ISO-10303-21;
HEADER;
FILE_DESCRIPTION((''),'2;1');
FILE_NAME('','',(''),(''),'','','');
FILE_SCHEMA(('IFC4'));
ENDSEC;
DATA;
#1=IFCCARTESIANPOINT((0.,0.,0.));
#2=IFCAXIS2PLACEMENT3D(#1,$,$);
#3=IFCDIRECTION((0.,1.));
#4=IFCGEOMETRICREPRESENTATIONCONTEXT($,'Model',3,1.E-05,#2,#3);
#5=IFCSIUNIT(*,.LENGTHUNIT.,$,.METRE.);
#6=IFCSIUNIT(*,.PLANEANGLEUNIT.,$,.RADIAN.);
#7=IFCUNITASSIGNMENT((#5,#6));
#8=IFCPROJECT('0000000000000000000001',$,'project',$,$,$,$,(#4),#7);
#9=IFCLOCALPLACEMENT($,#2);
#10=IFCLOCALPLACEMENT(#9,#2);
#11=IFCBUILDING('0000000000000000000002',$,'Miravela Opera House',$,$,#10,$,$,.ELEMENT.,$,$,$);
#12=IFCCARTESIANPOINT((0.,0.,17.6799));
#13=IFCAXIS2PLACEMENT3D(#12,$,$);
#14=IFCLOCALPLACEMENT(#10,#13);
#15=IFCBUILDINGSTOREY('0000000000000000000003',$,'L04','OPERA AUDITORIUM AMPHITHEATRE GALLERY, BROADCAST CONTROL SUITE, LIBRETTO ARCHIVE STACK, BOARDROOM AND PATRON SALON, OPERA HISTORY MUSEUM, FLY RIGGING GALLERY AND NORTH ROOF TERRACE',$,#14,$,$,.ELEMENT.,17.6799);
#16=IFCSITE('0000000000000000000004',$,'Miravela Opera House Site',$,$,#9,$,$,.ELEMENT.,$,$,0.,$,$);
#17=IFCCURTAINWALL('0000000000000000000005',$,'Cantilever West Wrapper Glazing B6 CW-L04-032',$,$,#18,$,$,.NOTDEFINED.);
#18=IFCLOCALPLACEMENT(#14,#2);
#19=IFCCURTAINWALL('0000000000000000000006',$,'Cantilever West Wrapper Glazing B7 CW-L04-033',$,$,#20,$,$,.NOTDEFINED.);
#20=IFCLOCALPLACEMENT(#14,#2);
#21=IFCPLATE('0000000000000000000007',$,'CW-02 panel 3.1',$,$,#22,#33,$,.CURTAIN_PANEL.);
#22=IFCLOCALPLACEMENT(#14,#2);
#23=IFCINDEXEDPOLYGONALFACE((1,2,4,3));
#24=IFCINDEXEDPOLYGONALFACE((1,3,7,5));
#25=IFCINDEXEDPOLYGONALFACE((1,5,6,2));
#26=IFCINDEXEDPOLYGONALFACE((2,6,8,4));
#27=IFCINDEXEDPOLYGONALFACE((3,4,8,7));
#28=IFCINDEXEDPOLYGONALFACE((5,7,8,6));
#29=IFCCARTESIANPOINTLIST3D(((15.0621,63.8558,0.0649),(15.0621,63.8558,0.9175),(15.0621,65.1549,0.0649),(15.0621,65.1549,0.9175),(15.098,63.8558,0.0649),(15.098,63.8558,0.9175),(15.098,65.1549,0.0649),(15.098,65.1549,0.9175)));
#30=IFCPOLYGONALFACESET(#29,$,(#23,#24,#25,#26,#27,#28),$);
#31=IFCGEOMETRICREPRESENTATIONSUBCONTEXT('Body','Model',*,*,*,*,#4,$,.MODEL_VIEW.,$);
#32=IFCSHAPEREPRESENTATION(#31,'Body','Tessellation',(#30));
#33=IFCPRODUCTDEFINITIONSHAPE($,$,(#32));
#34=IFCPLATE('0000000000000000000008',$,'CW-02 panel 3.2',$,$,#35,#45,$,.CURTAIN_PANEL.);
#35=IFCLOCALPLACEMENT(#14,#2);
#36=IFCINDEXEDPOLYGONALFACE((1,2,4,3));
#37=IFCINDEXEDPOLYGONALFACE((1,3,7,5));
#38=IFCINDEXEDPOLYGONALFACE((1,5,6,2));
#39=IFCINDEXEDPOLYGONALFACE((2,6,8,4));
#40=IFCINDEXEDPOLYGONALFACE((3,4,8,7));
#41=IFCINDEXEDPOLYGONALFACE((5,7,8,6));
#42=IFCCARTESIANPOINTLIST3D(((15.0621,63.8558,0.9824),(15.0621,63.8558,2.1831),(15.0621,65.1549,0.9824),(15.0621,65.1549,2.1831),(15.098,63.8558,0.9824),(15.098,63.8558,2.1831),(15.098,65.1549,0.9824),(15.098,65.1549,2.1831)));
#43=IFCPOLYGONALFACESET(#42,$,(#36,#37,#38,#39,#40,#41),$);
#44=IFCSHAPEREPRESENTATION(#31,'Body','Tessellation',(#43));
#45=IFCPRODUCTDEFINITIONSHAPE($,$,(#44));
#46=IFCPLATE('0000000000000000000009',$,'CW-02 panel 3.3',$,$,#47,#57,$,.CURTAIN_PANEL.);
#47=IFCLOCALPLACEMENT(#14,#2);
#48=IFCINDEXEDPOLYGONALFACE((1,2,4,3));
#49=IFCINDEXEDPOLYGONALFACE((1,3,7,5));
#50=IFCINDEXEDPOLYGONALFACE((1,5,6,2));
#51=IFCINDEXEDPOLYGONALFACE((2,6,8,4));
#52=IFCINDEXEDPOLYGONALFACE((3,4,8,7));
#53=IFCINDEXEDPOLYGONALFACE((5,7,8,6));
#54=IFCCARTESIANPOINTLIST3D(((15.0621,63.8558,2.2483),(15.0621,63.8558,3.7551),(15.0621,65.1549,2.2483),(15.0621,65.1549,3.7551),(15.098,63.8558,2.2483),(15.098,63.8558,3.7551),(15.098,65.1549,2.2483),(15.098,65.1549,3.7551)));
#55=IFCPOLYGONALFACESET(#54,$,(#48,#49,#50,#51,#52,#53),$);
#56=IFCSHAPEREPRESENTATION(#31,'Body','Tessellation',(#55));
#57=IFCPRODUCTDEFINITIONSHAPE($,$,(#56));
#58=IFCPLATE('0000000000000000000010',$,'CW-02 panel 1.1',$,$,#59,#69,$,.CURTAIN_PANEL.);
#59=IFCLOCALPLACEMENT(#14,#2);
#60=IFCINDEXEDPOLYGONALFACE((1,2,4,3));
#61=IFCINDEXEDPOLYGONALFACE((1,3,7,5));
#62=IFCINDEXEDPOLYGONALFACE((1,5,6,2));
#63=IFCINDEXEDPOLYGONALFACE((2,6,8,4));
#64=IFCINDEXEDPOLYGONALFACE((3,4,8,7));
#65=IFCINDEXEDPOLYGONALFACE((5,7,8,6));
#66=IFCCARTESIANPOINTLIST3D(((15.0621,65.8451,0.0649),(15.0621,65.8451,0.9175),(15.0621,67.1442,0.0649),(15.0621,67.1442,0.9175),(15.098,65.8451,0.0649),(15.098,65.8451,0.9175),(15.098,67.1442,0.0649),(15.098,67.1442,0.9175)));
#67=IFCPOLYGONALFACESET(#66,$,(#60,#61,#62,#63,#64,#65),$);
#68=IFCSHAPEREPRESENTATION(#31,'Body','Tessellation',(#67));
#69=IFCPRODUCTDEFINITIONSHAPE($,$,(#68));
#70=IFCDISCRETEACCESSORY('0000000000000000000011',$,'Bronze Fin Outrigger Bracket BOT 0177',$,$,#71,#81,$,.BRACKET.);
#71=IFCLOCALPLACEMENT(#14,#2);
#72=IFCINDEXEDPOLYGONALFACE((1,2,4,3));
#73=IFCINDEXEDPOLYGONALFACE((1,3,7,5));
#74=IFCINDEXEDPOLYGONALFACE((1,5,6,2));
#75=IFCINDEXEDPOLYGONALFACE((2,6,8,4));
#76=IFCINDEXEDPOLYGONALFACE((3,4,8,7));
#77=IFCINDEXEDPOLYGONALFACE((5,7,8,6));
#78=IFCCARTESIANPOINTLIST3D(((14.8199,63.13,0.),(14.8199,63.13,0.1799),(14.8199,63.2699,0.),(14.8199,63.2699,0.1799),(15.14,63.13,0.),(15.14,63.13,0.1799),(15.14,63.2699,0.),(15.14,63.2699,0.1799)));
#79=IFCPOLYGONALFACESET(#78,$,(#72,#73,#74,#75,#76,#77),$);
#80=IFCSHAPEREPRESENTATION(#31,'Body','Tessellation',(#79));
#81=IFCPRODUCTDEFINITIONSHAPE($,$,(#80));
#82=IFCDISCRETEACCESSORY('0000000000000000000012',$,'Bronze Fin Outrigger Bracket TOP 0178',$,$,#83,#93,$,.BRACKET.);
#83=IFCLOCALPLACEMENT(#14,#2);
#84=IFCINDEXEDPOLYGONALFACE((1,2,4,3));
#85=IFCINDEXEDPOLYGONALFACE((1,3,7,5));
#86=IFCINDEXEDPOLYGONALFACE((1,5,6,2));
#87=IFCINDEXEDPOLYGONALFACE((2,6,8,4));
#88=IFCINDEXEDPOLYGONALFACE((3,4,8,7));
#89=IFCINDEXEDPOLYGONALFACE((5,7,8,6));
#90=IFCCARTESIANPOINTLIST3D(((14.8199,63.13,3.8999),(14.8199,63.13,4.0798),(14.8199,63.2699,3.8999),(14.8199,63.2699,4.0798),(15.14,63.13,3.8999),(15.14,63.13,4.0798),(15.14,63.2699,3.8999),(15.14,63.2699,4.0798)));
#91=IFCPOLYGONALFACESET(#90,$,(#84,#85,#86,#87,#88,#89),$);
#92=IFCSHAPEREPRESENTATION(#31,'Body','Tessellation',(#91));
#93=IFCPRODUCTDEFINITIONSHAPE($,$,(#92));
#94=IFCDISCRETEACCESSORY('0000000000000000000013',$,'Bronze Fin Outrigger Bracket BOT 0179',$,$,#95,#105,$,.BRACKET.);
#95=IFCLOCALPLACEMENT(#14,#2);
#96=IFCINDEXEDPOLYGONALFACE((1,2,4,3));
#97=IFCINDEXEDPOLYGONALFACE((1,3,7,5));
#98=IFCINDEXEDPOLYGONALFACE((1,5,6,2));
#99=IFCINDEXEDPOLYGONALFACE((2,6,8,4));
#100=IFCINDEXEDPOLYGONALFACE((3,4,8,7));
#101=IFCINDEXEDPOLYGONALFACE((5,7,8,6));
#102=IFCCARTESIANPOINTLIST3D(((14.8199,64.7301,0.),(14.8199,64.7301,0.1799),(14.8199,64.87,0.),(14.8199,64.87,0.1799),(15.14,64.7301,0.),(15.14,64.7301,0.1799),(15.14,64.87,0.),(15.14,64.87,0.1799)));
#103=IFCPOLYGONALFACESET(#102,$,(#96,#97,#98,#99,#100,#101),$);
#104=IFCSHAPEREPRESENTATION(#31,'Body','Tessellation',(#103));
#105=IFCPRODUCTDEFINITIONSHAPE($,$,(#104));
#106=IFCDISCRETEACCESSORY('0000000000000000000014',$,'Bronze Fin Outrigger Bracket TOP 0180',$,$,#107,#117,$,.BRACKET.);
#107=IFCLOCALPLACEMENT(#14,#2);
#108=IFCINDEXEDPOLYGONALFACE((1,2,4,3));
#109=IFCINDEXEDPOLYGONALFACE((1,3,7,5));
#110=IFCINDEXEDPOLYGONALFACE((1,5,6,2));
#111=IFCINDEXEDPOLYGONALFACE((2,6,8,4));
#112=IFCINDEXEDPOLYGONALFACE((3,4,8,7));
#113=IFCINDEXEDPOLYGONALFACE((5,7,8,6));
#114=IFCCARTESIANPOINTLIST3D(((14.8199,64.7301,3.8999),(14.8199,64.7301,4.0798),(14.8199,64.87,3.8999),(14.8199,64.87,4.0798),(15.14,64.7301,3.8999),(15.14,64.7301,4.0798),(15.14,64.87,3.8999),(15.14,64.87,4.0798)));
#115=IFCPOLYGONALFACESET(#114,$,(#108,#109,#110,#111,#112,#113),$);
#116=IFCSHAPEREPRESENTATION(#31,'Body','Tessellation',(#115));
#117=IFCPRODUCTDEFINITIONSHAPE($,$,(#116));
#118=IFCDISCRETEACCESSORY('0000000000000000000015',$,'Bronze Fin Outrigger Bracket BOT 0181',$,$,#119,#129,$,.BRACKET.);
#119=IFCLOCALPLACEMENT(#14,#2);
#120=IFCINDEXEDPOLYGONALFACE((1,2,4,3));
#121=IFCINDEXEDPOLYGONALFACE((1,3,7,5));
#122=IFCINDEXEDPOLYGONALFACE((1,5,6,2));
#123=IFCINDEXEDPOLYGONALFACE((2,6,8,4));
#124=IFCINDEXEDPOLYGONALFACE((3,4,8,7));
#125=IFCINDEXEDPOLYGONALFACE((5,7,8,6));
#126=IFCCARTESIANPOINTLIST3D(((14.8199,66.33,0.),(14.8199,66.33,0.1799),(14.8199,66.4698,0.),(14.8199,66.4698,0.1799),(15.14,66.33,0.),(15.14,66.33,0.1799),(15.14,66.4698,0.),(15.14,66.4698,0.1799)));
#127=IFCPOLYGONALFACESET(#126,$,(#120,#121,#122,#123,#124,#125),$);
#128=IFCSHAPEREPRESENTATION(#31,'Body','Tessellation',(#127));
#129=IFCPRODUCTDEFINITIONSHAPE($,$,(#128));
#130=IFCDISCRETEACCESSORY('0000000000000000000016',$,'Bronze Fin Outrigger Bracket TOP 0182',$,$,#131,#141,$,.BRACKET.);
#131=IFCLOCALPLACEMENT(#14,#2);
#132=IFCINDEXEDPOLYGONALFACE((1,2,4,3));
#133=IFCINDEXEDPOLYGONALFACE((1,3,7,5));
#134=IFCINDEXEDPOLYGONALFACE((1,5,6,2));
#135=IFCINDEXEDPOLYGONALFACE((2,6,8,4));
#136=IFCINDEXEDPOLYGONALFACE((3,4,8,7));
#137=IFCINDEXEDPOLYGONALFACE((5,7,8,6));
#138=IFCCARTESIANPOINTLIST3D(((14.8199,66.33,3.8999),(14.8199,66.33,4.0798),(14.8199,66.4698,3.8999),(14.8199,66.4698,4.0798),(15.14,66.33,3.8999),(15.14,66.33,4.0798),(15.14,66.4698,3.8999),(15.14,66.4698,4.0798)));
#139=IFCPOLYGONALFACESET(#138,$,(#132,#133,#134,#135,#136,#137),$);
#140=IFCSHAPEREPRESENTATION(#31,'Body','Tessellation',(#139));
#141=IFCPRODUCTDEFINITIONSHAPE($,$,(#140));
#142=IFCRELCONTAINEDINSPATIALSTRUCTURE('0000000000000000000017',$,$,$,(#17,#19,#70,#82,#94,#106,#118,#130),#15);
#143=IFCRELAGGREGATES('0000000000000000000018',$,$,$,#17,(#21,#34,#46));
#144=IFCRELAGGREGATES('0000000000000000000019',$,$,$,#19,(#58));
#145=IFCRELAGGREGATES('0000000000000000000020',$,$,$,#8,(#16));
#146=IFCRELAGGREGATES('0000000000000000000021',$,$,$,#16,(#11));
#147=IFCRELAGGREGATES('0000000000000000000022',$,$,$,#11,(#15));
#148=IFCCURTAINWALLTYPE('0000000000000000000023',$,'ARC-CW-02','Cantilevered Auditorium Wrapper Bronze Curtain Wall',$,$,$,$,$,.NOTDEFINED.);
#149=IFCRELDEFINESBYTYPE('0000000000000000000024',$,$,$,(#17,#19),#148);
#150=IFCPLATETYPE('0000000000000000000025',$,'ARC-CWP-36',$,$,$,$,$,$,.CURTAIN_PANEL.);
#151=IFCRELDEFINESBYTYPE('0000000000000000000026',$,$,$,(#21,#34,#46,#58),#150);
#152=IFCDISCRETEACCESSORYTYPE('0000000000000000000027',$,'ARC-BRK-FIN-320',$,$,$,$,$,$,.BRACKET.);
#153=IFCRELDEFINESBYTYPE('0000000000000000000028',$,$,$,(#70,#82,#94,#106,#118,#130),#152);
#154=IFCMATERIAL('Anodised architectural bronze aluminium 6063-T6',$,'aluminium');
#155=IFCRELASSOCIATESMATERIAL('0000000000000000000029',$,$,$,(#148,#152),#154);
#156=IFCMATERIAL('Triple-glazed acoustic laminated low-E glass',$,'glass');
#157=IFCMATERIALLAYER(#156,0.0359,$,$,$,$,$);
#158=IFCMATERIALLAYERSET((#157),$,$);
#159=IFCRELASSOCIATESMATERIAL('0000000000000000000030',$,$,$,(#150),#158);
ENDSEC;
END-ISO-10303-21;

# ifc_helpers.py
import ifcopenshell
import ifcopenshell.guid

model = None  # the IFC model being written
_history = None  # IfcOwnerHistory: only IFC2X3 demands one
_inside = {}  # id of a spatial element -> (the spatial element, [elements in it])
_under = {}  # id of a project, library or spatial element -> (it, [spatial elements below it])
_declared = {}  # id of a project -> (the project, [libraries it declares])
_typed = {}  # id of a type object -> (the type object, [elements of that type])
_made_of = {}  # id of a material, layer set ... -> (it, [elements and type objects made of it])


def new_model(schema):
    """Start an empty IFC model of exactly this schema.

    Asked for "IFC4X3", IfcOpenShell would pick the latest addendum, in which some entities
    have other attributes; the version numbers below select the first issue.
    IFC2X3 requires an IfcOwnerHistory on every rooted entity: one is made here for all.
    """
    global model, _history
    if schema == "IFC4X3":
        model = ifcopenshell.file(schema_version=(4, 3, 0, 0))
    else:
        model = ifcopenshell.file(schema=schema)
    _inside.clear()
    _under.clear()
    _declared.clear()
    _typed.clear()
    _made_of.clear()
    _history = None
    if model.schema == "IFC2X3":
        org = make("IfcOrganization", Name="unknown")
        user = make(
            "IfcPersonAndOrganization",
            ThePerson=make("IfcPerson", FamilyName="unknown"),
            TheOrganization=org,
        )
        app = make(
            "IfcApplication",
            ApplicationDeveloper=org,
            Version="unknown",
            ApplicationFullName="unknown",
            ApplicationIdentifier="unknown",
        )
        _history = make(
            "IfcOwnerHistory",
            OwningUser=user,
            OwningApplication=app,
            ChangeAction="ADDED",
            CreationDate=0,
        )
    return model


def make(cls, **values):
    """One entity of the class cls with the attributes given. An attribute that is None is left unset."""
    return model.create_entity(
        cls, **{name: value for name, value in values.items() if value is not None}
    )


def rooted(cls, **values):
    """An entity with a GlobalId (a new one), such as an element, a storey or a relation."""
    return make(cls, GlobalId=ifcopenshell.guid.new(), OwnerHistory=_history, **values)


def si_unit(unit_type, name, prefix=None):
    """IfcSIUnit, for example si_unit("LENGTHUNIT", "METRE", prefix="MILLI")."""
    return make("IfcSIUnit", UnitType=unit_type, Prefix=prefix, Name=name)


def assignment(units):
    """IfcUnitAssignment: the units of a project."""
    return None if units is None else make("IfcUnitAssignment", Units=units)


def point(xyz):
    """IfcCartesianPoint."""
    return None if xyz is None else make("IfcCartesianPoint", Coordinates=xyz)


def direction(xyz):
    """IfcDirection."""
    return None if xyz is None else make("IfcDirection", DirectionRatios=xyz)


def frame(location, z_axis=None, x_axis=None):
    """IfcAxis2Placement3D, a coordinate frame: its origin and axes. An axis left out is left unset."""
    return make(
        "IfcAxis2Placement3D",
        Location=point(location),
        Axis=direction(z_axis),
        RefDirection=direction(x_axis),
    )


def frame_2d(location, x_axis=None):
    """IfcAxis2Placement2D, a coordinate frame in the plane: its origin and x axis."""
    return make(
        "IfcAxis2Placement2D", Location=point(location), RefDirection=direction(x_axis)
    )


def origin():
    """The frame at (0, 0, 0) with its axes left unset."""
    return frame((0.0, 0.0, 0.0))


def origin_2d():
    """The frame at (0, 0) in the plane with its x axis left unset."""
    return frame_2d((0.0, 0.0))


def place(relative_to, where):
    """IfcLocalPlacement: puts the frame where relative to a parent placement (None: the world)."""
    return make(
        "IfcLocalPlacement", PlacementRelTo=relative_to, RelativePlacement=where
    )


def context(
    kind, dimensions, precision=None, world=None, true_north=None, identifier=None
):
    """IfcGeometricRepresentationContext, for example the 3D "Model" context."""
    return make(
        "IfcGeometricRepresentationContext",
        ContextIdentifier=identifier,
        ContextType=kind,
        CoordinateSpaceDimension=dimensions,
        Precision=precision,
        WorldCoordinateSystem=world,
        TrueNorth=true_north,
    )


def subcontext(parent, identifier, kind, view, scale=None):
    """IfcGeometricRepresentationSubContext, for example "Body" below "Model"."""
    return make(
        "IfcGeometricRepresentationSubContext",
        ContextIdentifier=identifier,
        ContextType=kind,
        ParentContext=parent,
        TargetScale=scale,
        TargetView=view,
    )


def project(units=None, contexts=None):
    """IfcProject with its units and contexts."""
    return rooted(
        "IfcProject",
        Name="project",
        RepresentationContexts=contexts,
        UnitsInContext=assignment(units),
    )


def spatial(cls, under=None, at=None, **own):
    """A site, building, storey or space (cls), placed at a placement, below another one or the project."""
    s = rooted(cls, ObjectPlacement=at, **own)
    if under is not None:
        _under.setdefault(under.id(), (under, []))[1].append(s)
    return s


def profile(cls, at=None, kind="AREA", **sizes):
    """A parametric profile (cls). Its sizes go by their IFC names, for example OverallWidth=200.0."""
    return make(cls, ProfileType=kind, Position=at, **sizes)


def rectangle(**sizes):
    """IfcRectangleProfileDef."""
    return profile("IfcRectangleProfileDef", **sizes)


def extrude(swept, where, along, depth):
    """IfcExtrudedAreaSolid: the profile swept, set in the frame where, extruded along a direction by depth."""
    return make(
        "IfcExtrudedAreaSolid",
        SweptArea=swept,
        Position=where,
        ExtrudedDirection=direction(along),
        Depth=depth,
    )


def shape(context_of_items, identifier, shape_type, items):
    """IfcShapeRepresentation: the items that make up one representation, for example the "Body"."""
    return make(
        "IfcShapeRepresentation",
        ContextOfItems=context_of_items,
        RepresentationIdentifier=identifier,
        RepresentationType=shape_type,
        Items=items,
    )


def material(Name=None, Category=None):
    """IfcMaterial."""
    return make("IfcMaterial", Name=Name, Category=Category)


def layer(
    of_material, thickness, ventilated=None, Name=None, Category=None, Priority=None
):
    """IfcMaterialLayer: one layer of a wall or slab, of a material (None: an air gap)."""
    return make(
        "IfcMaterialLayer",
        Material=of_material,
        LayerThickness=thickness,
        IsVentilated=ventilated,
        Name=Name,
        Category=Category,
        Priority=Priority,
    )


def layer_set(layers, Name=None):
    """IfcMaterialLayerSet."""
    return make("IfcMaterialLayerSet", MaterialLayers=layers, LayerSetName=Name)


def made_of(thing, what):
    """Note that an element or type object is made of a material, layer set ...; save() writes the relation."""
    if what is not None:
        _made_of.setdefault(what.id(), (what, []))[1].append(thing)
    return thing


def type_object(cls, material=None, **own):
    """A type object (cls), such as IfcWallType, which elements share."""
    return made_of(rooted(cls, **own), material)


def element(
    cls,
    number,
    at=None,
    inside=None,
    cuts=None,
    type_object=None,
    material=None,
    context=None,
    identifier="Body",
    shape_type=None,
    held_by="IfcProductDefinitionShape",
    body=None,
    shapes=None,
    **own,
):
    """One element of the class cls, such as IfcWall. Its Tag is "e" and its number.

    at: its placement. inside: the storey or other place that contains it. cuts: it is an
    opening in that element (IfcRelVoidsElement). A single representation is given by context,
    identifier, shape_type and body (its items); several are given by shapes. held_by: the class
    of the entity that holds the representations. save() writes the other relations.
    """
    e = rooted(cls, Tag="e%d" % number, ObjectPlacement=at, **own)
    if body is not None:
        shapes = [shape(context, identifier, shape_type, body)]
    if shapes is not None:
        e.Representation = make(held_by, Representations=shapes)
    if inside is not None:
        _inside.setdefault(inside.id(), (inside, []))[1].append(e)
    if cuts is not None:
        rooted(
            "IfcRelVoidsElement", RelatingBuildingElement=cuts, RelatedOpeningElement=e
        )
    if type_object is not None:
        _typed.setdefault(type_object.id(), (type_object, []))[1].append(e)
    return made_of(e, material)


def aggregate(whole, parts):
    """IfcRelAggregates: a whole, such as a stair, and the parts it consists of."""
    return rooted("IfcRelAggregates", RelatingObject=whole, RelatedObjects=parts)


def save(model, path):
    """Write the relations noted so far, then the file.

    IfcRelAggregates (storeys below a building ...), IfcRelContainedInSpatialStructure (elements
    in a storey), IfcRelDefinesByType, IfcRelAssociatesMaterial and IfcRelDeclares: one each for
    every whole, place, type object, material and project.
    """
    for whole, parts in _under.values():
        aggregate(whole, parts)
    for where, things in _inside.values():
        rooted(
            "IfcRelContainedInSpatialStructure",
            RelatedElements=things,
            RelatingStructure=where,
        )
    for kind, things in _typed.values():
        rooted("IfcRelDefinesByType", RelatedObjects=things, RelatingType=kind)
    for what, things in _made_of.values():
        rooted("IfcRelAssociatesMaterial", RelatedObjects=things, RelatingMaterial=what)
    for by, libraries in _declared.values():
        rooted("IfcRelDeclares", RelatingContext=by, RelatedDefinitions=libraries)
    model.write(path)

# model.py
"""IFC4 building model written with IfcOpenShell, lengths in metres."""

from ifc_helpers import new_model, si_unit, direction, frame, origin, origin_2d, place, context, subcontext, project, spatial, rectangle, extrude, material, layer, layer_set, type_object, element, aggregate, save


model = new_model("IFC4")

# Units and contexts
model_context = context("Model", 3, precision=1e-05, world=origin(), true_north=direction((0.0, 1.0)))
body_context = subcontext(model_context, "Body", "Model", "MODEL_VIEW")
ifc_project = project(units=[si_unit("LENGTHUNIT", "METRE"), si_unit("PLANEANGLEUNIT", "RADIAN")], contexts=[model_context])

# Site, building, storey
site_placement = place(None, origin())
site = spatial("IfcSite", under=ifc_project, at=site_placement, Name="Miravela Opera House Site", CompositionType="ELEMENT", RefElevation=0.0)
building_placement = place(site_placement, origin())
building = spatial("IfcBuilding", under=site, at=building_placement, Name="Miravela Opera House", CompositionType="ELEMENT")
storey_placement = place(building_placement, frame((0.0, 0.0, 17.6799)))
storey = spatial("IfcBuildingStorey", under=building, at=storey_placement, Name="L04", Description="OPERA AUDITORIUM AMPHITHEATRE GALLERY, BROADCAST CONTROL SUITE, LIBRETTO ARCHIVE STACK, BOARDROOM AND PATRON SALON, OPERA HISTORY MUSEUM, FLY RIGGING GALLERY AND NORTH ROOF TERRACE", CompositionType="ELEMENT", Elevation=17.6799)

# Curtain wall
ifc_material_1 = material(Name="Anodised architectural bronze aluminium 6063-T6", Category="aluminium")
curtain_wall_type = type_object("IfcCurtainWallType", Name="ARC-CW-02", Description="Cantilevered Auditorium Wrapper Bronze Curtain Wall", PredefinedType="NOTDEFINED", material=ifc_material_1)
curtain_wall_1_placement = place(storey_placement, origin())
curtain_wall_1 = element("IfcCurtainWall", 1, at=curtain_wall_1_placement, inside=storey, type_object=curtain_wall_type, Name="Cantilever West Wrapper Glazing B6 CW-L04-032", PredefinedType="NOTDEFINED")

# Curtain wall
curtain_wall_2_placement = place(storey_placement, origin())
curtain_wall_2 = element("IfcCurtainWall", 2, at=curtain_wall_2_placement, inside=storey, type_object=curtain_wall_type, Name="Cantilever West Wrapper Glazing B7 CW-L04-033", PredefinedType="NOTDEFINED")

# Plates
ifc_material_2 = material(Name="Triple-glazed acoustic laminated low-E glass", Category="glass")
ifc_layer = layer(ifc_material_2, 0.0359)
ifc_layer_set = layer_set([ifc_layer])
plate_type = type_object("IfcPlateType", Name="ARC-CWP-36", PredefinedType="CURTAIN_PANEL", material=ifc_layer_set)
plate_1_placement = place(storey_placement, frame((15.0801, 64.5054, 0.0649), z_axis=(0.0, 0.0, 1.0), x_axis=(0.0, 1.0, 0.0)))
plate_1 = element("IfcPlate", 3, at=plate_1_placement, type_object=plate_type, Name="CW-02 panel 3.1", PredefinedType="CURTAIN_PANEL", context=body_context, shape_type="SweptSolid", body=[
    extrude(rectangle(XDim=1.2991, YDim=0.0359, at=origin_2d()), origin(), (0.0, 0.0, 1.0), 0.8525),
])
plate_2_placement = place(storey_placement, frame((15.0801, 64.5054, 0.9824), z_axis=(0.0, 0.0, 1.0), x_axis=(0.0, 1.0, 0.0)))
plate_2 = element("IfcPlate", 4, at=plate_2_placement, type_object=plate_type, Name="CW-02 panel 3.2", PredefinedType="CURTAIN_PANEL", context=body_context, shape_type="SweptSolid", body=[
    extrude(rectangle(XDim=1.2991, YDim=0.0359, at=origin_2d()), origin(), (0.0, 0.0, 1.0), 1.2007),
])
plate_3_placement = place(storey_placement, frame((15.0801, 64.5054, 2.2483), z_axis=(0.0, 0.0, 1.0), x_axis=(0.0, 1.0, 0.0)))
plate_3 = element("IfcPlate", 5, at=plate_3_placement, type_object=plate_type, Name="CW-02 panel 3.3", PredefinedType="CURTAIN_PANEL", context=body_context, shape_type="SweptSolid", body=[
    extrude(rectangle(XDim=1.2991, YDim=0.0359, at=origin_2d()), origin(), (0.0, 0.0, 1.0), 1.5068),
])
aggregate(curtain_wall_1, [plate_1, plate_2, plate_3])
plate_4_placement = place(storey_placement, frame((15.0801, 66.4946, 0.0649), z_axis=(0.0, 0.0, 1.0), x_axis=(0.0, 1.0, 0.0)))
plate_4 = element("IfcPlate", 6, at=plate_4_placement, type_object=plate_type, Name="CW-02 panel 1.1", PredefinedType="CURTAIN_PANEL", context=body_context, shape_type="SweptSolid", body=[
    extrude(rectangle(XDim=1.2991, YDim=0.0359, at=origin_2d()), origin(), (0.0, 0.0, 1.0), 0.8525),
])
aggregate(curtain_wall_2, [plate_4])

# Discrete accessories
discrete_accessory_type = type_object("IfcDiscreteAccessoryType", Name="ARC-BRK-FIN-320", PredefinedType="BRACKET", material=ifc_material_1)
for number, where, z_axis, x_axis, name in (
    (7, (14.98, 63.2, 0.0), (0.0, 0.0, 1.0), (1.0, 0.0, 0.0), "Bronze Fin Outrigger Bracket BOT 0177"),
    (8, (14.98, 63.2, 3.8999), (0.0, 0.0, 1.0), (1.0, 0.0, 0.0), "Bronze Fin Outrigger Bracket TOP 0178"),
    (9, (14.98, 64.8, 0.0), (0.0, 0.0, 1.0), (1.0, 0.0, 0.0), "Bronze Fin Outrigger Bracket BOT 0179"),
    (10, (14.98, 64.8, 3.8999), (0.0, 0.0, 1.0), (1.0, 0.0, 0.0), "Bronze Fin Outrigger Bracket TOP 0180"),
    (11, (14.98, 66.3999, 0.0), (0.0, 0.0, 1.0), (1.0, 0.0, 0.0), "Bronze Fin Outrigger Bracket BOT 0181"),
    (12, (14.98, 66.3999, 3.8999), (0.0, 0.0, 1.0), (1.0, 0.0, 0.0), "Bronze Fin Outrigger Bracket TOP 0182"),
):
    element("IfcDiscreteAccessory", number, at=place(storey_placement, frame(where, z_axis=z_axis, x_axis=x_axis)), inside=storey, type_object=discrete_accessory_type, Name=name, PredefinedType="BRACKET", context=body_context, shape_type="SweptSolid", body=[
        extrude(rectangle(XDim=0.3201, YDim=0.1399, at=origin_2d()), origin(), (0.0, 0.0, 1.0), 0.1799),
    ])

save(model, "model.ifc")
